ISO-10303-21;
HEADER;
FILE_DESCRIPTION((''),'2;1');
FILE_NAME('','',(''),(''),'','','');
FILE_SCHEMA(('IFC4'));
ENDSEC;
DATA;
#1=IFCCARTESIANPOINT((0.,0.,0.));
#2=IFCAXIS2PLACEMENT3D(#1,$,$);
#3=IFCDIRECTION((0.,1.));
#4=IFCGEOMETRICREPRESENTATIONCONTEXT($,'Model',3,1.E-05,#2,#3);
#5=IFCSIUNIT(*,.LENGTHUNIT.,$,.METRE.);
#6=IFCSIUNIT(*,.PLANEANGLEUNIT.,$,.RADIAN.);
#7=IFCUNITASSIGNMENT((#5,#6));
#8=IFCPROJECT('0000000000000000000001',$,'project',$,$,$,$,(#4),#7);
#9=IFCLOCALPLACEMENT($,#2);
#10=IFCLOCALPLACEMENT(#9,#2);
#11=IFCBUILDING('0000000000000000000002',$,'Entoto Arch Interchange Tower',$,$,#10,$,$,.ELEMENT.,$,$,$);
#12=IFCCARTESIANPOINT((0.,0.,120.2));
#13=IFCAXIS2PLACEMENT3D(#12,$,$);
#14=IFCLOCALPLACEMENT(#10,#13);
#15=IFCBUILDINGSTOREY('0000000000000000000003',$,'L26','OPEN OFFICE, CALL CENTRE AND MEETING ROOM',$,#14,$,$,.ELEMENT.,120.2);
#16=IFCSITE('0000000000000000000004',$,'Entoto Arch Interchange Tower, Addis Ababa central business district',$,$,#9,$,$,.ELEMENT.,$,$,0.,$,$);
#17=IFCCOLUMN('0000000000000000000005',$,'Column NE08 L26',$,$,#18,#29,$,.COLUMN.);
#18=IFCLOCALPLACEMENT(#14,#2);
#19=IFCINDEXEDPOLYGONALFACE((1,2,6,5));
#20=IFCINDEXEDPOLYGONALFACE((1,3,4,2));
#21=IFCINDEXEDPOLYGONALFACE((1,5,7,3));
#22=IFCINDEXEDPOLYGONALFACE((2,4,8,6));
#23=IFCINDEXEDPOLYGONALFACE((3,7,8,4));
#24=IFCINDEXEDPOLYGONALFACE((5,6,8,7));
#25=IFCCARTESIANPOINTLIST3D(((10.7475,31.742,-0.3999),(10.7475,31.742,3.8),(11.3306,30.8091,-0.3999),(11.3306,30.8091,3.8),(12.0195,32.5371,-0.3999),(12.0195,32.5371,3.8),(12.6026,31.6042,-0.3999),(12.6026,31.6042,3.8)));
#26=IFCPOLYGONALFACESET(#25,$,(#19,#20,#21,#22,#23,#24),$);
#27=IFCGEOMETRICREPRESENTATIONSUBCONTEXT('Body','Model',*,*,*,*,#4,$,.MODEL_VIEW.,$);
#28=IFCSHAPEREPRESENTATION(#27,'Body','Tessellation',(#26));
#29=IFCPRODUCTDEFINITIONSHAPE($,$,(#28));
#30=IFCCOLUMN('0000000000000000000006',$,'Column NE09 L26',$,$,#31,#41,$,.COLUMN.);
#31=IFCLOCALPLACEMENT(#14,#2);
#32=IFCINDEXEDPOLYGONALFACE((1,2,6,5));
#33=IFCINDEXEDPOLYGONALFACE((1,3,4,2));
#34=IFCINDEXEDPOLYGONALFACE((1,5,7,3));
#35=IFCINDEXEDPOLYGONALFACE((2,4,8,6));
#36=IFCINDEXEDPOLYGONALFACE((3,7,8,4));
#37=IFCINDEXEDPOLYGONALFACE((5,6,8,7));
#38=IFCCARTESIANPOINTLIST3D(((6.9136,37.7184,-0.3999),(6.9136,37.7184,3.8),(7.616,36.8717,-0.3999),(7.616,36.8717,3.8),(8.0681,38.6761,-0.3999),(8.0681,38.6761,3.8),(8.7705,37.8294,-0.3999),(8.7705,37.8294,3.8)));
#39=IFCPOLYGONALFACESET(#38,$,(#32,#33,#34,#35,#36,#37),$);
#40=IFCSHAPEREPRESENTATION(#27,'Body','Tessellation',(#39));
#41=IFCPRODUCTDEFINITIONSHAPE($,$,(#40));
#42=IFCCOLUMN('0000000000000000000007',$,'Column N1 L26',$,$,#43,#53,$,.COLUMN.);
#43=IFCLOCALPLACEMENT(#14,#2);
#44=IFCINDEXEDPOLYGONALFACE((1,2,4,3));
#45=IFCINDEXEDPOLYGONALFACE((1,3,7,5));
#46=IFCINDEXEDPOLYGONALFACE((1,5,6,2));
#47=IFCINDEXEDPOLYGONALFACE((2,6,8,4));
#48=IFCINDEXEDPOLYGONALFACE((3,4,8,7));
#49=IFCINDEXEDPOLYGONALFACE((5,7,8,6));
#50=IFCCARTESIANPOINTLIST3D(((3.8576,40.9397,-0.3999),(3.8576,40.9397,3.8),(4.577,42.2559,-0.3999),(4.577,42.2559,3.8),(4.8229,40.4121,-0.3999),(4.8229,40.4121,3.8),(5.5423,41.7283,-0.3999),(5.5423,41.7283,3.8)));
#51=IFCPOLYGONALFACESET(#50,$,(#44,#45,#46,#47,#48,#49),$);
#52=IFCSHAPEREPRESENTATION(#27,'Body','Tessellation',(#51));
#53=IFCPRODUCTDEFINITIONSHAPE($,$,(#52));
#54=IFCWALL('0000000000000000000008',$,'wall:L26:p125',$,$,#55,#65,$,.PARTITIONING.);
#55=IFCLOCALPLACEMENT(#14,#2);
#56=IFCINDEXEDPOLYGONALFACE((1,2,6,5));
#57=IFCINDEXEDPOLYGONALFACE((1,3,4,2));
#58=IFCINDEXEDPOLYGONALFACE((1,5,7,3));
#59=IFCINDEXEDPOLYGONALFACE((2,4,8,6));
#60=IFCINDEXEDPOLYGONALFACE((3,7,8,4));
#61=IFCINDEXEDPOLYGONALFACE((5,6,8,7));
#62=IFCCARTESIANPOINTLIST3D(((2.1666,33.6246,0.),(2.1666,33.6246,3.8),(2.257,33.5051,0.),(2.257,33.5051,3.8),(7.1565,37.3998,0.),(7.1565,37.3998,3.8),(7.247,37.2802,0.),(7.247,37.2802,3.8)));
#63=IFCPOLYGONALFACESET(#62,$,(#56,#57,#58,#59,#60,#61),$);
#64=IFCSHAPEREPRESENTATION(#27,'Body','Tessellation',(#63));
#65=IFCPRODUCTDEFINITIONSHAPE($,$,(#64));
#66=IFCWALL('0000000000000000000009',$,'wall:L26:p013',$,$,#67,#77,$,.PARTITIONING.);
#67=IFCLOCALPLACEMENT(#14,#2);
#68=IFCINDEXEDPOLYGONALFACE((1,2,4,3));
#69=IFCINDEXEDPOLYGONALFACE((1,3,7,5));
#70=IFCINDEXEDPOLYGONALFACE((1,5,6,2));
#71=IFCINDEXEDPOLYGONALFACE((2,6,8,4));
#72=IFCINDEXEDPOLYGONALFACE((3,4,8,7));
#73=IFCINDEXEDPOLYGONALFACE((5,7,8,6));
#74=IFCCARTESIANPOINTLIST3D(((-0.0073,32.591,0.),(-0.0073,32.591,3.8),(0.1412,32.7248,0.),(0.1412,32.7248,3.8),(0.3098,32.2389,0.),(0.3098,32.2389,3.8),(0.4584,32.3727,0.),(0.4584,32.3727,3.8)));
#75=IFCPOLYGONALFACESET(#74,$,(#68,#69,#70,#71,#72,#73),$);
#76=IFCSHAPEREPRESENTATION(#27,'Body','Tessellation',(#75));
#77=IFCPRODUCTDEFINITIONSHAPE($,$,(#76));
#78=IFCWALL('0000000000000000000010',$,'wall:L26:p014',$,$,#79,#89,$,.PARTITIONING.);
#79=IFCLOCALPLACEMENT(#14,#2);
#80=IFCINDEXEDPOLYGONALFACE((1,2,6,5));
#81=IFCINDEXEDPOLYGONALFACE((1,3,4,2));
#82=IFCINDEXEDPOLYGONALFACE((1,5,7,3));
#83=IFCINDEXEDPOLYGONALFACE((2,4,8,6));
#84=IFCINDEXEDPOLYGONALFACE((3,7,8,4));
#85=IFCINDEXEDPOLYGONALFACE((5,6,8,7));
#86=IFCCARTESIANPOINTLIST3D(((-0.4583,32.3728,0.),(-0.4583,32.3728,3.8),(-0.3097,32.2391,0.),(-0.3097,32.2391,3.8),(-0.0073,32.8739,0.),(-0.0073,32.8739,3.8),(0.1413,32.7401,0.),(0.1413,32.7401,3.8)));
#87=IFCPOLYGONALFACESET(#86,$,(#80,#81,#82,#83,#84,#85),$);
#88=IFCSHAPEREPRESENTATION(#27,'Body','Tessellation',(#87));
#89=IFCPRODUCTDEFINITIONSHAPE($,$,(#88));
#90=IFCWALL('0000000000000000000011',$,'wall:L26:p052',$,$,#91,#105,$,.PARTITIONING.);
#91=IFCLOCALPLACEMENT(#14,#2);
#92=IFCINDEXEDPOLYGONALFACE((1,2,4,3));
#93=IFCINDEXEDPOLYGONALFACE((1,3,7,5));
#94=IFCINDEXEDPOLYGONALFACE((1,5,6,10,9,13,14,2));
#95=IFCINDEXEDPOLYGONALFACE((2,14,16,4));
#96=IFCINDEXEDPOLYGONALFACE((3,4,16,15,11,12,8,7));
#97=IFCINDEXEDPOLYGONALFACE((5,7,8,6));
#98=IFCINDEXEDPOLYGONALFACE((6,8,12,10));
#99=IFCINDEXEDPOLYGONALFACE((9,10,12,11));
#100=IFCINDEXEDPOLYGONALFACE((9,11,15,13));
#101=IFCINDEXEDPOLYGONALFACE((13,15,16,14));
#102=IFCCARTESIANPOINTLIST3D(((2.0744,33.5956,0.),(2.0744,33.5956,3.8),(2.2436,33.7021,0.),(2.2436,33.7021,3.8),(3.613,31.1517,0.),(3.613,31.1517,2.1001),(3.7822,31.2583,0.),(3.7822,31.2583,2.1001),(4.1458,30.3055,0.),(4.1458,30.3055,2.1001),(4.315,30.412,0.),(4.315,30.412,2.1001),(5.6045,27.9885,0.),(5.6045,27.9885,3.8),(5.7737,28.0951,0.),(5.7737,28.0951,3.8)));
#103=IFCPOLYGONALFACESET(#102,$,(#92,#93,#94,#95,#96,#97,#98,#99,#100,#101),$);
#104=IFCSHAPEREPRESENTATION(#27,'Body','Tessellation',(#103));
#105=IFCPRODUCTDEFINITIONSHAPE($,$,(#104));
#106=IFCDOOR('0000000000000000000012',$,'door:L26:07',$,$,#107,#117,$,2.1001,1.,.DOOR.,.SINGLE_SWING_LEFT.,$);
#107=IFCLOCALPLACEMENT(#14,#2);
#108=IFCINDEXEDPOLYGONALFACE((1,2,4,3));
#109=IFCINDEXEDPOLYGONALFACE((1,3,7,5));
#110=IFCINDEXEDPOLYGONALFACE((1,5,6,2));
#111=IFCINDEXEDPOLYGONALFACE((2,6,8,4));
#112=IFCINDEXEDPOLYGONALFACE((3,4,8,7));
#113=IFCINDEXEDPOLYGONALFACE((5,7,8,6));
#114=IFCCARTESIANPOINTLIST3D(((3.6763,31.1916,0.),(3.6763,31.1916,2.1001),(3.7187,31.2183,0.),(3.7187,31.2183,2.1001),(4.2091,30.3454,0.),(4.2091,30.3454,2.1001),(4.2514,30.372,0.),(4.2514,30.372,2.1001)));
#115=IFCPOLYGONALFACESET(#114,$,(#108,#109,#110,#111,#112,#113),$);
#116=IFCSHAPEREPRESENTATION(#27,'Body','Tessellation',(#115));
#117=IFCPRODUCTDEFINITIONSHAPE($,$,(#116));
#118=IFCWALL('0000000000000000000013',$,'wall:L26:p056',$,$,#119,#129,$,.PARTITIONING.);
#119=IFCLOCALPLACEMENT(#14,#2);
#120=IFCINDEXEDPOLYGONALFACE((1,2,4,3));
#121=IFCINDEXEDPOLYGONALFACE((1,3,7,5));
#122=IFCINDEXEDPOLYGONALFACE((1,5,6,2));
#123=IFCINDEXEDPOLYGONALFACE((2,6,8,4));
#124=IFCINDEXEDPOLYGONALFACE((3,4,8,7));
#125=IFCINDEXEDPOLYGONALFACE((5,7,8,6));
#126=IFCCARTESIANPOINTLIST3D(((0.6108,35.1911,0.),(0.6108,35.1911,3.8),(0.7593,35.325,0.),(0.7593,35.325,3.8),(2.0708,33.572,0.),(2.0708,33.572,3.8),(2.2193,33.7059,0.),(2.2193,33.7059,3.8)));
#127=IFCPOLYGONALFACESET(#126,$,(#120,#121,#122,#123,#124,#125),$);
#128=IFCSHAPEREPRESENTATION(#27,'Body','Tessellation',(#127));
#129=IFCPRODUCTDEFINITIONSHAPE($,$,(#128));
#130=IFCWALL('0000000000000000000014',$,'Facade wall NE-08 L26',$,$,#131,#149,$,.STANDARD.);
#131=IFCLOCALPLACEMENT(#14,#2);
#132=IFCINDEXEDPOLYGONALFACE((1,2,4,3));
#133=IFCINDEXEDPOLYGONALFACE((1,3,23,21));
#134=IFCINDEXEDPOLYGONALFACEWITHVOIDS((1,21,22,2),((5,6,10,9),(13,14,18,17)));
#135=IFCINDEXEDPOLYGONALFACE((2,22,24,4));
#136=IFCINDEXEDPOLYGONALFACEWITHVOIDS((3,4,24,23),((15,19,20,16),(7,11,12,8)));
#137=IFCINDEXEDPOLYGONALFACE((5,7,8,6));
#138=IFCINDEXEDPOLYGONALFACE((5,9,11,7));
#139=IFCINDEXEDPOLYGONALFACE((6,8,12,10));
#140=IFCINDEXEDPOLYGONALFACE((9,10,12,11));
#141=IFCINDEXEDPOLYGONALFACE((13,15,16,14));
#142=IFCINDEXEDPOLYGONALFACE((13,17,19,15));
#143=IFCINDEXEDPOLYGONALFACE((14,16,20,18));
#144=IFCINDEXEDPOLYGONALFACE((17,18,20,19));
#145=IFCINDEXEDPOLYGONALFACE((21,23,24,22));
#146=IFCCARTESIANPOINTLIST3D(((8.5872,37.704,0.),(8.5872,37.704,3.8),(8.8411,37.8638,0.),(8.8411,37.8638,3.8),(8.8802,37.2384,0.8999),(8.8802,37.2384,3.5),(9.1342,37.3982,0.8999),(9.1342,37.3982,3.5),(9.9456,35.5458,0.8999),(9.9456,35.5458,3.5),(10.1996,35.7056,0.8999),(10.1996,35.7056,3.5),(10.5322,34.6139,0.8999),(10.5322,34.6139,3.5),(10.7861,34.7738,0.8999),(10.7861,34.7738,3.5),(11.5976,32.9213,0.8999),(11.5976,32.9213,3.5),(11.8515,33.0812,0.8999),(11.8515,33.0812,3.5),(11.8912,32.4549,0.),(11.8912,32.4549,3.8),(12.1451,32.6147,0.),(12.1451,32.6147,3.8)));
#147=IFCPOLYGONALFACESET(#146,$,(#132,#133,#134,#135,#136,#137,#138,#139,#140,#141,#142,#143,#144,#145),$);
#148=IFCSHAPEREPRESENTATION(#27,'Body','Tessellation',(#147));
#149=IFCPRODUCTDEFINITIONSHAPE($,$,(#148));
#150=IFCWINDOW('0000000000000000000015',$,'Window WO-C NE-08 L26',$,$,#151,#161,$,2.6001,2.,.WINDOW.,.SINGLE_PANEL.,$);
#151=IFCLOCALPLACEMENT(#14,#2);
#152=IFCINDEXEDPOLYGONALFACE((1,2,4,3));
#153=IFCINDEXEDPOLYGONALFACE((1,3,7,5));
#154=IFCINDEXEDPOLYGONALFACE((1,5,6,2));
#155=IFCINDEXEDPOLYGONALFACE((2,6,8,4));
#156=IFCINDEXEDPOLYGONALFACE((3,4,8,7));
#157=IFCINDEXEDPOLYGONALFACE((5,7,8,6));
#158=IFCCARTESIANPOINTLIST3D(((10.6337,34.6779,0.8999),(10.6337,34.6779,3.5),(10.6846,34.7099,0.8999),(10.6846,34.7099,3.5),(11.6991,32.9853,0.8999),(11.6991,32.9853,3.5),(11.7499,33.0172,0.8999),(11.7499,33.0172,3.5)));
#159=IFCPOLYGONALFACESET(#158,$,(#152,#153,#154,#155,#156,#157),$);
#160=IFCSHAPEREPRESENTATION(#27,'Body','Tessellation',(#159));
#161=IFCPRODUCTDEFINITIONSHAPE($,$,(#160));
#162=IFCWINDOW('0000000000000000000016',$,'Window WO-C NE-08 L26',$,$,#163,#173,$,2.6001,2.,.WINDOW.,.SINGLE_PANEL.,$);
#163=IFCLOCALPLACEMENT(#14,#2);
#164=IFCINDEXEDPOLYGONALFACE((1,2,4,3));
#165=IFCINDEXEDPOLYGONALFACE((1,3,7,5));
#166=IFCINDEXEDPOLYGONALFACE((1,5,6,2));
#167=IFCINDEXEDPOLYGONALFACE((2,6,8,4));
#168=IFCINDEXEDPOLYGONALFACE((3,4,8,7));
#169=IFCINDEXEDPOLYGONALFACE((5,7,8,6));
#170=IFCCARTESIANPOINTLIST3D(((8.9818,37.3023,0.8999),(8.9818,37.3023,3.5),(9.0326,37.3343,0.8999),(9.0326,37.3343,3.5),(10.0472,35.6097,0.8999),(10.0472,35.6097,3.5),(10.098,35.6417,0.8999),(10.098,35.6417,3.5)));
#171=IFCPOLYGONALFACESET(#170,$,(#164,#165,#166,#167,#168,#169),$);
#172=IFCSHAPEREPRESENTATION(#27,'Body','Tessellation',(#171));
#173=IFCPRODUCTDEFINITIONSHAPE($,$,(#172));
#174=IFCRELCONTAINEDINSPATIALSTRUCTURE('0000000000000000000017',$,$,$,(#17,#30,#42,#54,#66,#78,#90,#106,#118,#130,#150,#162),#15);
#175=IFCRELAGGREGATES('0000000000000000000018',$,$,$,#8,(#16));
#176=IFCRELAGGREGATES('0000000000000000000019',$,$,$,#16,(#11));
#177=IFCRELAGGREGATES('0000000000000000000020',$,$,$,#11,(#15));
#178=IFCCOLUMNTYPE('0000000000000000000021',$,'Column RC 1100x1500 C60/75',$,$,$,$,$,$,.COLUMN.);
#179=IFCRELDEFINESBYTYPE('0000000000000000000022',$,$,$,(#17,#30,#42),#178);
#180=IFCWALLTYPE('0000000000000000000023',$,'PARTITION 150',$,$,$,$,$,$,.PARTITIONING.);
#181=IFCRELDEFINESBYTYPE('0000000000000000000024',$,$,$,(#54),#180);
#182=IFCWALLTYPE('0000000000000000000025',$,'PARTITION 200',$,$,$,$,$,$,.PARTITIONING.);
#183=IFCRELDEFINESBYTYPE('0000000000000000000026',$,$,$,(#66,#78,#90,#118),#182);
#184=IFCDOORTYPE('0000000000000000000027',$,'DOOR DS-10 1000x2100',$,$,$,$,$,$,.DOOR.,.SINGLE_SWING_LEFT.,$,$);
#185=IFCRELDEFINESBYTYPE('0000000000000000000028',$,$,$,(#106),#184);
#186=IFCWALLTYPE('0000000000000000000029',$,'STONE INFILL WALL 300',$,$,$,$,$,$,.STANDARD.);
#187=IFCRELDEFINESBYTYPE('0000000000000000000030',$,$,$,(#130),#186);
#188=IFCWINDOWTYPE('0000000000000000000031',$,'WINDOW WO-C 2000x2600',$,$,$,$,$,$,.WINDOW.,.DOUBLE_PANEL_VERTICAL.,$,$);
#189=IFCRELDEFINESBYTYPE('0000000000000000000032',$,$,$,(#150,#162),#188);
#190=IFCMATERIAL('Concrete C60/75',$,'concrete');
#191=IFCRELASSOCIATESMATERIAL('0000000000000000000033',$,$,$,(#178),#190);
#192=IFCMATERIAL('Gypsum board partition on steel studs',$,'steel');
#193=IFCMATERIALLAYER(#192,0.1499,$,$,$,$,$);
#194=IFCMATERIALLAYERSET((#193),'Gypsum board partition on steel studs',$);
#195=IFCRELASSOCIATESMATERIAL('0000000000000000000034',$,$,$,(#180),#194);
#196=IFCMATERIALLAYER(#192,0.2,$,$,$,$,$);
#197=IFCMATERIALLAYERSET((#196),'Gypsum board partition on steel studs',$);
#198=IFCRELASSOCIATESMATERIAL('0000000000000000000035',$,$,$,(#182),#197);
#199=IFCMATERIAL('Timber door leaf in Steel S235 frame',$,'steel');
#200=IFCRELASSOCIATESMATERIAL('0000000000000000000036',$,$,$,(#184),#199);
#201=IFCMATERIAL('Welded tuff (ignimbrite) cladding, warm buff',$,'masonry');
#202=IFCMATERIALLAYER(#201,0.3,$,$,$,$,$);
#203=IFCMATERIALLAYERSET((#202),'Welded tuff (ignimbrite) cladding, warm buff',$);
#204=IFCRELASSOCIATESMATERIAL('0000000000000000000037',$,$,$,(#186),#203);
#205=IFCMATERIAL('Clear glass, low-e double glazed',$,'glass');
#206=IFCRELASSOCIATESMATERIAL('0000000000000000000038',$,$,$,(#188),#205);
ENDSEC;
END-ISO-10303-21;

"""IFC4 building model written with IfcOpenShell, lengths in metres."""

from ifc_helpers import new_model, si_unit, direction, frame, frame_2d, origin, origin_2d, place, context, subcontext, project, spatial, rectangle, extrude, material, layer, layer_set, material_profile, profile_set, type_object, element, fill, save


model = new_model("IFC4")

# Units and contexts
model_context = context("Model", 3, precision=1e-05, world=origin(), true_north=direction((0.0, 1.0)))
body_context = subcontext(model_context, "Body", "Model", "MODEL_VIEW")
ifc_project = project(units=[si_unit("LENGTHUNIT", "METRE"), si_unit("PLANEANGLEUNIT", "RADIAN")], contexts=[model_context])

# Site, building, storey
site_placement = place(None, origin())
site = spatial("IfcSite", under=ifc_project, at=site_placement, Name="Entoto Arch Interchange Tower, Addis Ababa central business district", CompositionType="ELEMENT", RefElevation=0.0)
building_placement = place(site_placement, origin())
building = spatial("IfcBuilding", under=site, at=building_placement, Name="Entoto Arch Interchange Tower", CompositionType="ELEMENT")
storey_placement = place(building_placement, frame((0.0, 0.0, 120.2)))
storey = spatial("IfcBuildingStorey", under=building, at=storey_placement, Name="L26", Description="OPEN OFFICE, CALL CENTRE AND MEETING ROOM", CompositionType="ELEMENT", Elevation=120.2)

# Columns
ifc_material_1 = material(Name="Concrete C60/75", Category="concrete")
ifc_material_profile = material_profile(ifc_material_1, rectangle(XDim=1.1001, YDim=1.5, at=origin_2d()))
ifc_profile_set = profile_set([ifc_material_profile], Name="Concrete C60/75")
column_type = type_object("IfcColumnType", Name="Column RC 1100x1500 C60/75", PredefinedType="COLUMN", material=ifc_profile_set)
for number, where, z_axis, x_axis, name in (
    (1, (11.675, 31.6731, -0.3999), (0.0, 0.0, 1.0), (-0.530067, 0.847956, 0.0), "Column NE08 L26"),
    (2, (7.842, 37.7739, -0.3999), (0.0, 0.0, 1.0), (-0.638459, 0.769656, 0.0), "Column NE09 L26"),
    (3, (4.7, 41.334, -0.3999), (0.0, 0.0, 1.0), (-0.877481, 0.479611, 0.0), "Column N1 L26"),
):
    element("IfcColumn", number, at=place(storey_placement, frame(where, z_axis=z_axis, x_axis=x_axis)), inside=storey, type_object=column_type, Name=name, PredefinedType="COLUMN", context=body_context, shape_type="SweptSolid", body=[
        extrude(rectangle(XDim=1.1001, YDim=1.5, at=origin_2d()), origin(), (0.0, 0.0, 1.0), 4.2),
    ])

# Walls
ifc_material_2 = material(Name="Gypsum board partition on steel studs", Category="steel")
ifc_layer_1 = layer(ifc_material_2, 0.1499)
ifc_layer_set_1 = layer_set([ifc_layer_1], Name="Gypsum board partition on steel studs")
wall_type_1 = type_object("IfcWallType", Name="PARTITION 150", PredefinedType="PARTITIONING", material=ifc_layer_set_1)
wall_1_placement = place(storey_placement, frame((2.2119, 33.5649, 0.0), z_axis=(0.0, 0.0, 1.0), x_axis=(0.797488, 0.603335, 0.0)))
element("IfcWall", 4, at=wall_1_placement, inside=storey, type_object=wall_type_1, Name="wall:L26:p125", PredefinedType="PARTITIONING", context=body_context, shape_type="SweptSolid", body=[
    extrude(rectangle(XDim=6.2571, YDim=0.1499, at=frame_2d((3.1284, 0.0))), origin(), (0.0, 0.0, 1.0), 3.8),
])
ifc_layer_2 = layer(ifc_material_2, 0.2)
ifc_layer_set_2 = layer_set([ifc_layer_2], Name="Gypsum board partition on steel studs")
wall_type_2 = type_object("IfcWallType", Name="PARTITION 200", PredefinedType="PARTITIONING", material=ifc_layer_set_2)
wall_2_placement = place(storey_placement, frame((0.384, 32.3059, 0.0), z_axis=(0.0, 0.0, 1.0), x_axis=(-0.669306, 0.742987, 0.0)))
element("IfcWall", 5, at=wall_2_placement, inside=storey, type_object=wall_type_2, Name="wall:L26:p013", PredefinedType="PARTITIONING", context=body_context, shape_type="SweptSolid", body=[
    extrude(rectangle(XDim=0.4739, YDim=0.2, at=frame_2d((0.2368, 0.0))), origin(), (0.0, 0.0, 1.0), 3.8),
])
wall_3_placement = place(storey_placement, frame((0.0669, 32.8069, 0.0), z_axis=(0.0, 0.0, 1.0), x_axis=(-0.669005, -0.743258, 0.0)))
element("IfcWall", 6, at=wall_3_placement, inside=storey, type_object=wall_type_2, Name="wall:L26:p014", PredefinedType="PARTITIONING", context=body_context, shape_type="SweptSolid", body=[
    extrude(rectangle(XDim=0.6741, YDim=0.2, at=frame_2d((0.3369, 0.0))), origin(), (0.0, 0.0, 1.0), 3.8),
])

# Wall, opening, door
wall_4_placement = place(storey_placement, frame((2.1589, 33.6489, 0.0), z_axis=(0.0, 0.0, 1.0), x_axis=(0.532785, -0.846251, 0.0)))
wall_4 = element("IfcWall", 7, at=wall_4_placement, inside=storey, type_object=wall_type_2, Name="wall:L26:p052", PredefinedType="PARTITIONING", context=body_context, shape_type="SweptSolid", body=[
    extrude(rectangle(XDim=6.6257, YDim=0.2, at=frame_2d((3.313, 0.0))), origin(), (0.0, 0.0, 1.0), 3.8),
])
opening_1_placement = place(wall_4_placement, frame((2.8879, 0.0, 0.0)))
opening_1 = element("IfcOpeningElement", 8, at=opening_1_placement, cuts=wall_4, PredefinedType="OPENING", context=body_context, shape_type="SweptSolid", body=[
    extrude(rectangle(XDim=1.0, YDim=2.1001, at=frame_2d((0.5, 1.05))), frame((0.0, 0.1099, 0.0), z_axis=(0.0, -1.0, 0.0), x_axis=(1.0, 0.0, 0.0)), (0.0, 0.0, 1.0), 0.22),
])
ifc_material_3 = material(Name="Timber door leaf in Steel S235 frame", Category="steel")
door_type = type_object("IfcDoorType", Name="DOOR DS-10 1000x2100", OperationType="SINGLE_SWING_LEFT", PredefinedType="DOOR", material=ifc_material_3)
door_placement = place(opening_1_placement, origin())
door = element("IfcDoor", 9, at=door_placement, inside=storey, type_object=door_type, Name="door:L26:07", OperationType="SINGLE_SWING_LEFT", OverallHeight=2.1001, OverallWidth=1.0, PredefinedType="DOOR", context=body_context, shape_type="SweptSolid", body=[
    extrude(rectangle(XDim=1.0, YDim=2.1001, at=frame_2d((0.5, 1.05))), frame((0.0, 0.0249, 0.0), z_axis=(0.0, -1.0, 0.0), x_axis=(1.0, 0.0, 0.0)), (0.0, 0.0, 1.0), 0.05),
])
fill(opening_1, door)

# Wall
wall_5_placement = place(storey_placement, frame((0.6851, 35.2581, 0.0), z_axis=(0.0, 0.0, 1.0), x_axis=(0.669657, -0.74267, 0.0)))
element("IfcWall", 10, at=wall_5_placement, inside=storey, type_object=wall_type_2, Name="wall:L26:p056", PredefinedType="PARTITIONING", context=body_context, shape_type="SweptSolid", body=[
    extrude(rectangle(XDim=2.1802, YDim=0.2, at=frame_2d((1.0901, 0.0))), origin(), (0.0, 0.0, 1.0), 3.8),
])

# Wall, openings, windows
ifc_material_4 = material(Name="Welded tuff (ignimbrite) cladding, warm buff", Category="masonry")
ifc_layer_3 = layer(ifc_material_4, 0.3)
ifc_layer_set_3 = layer_set([ifc_layer_3], Name="Welded tuff (ignimbrite) cladding, warm buff")
wall_type_3 = type_object("IfcWallType", Name="STONE INFILL WALL 300", PredefinedType="STANDARD", material=ifc_layer_set_3)
wall_6_placement = place(storey_placement, frame((12.0181, 32.5349, 0.0), z_axis=(0.0, 0.0, 1.0), x_axis=(-0.532699, 0.846304, 0.0)))
wall_6 = element("IfcWall", 11, at=wall_6_placement, inside=storey, type_object=wall_type_3, Name="Facade wall NE-08 L26", PredefinedType="STANDARD", context=body_context, shape_type="SweptSolid", body=[
    extrude(rectangle(XDim=6.2024, YDim=0.3, at=frame_2d((3.1011, 0.0))), origin(), (0.0, 0.0, 1.0), 3.8),
])
opening_2_placement = place(wall_6_placement, frame((0.551, 0.0, 0.8999)))
opening_2 = element("IfcOpeningElement", 12, at=opening_2_placement, cuts=wall_6, PredefinedType="OPENING", context=body_context, shape_type="SweptSolid", body=[
    extrude(rectangle(XDim=2.0, YDim=2.6001, at=frame_2d((1.0, 1.3))), frame((0.0, 0.1602, 0.0), z_axis=(0.0, -1.0, 0.0), x_axis=(1.0, 0.0, 0.0)), (0.0, 0.0, 1.0), 0.3201),
])
opening_3_placement = place(wall_6_placement, frame((3.6521, 0.0, 0.8999)))
opening_3 = element("IfcOpeningElement", 13, at=opening_3_placement, cuts=wall_6, PredefinedType="OPENING", context=body_context, shape_type="SweptSolid", body=[
    extrude(rectangle(XDim=2.0, YDim=2.6001, at=frame_2d((1.0, 1.3))), frame((0.0, 0.1602, 0.0), z_axis=(0.0, -1.0, 0.0), x_axis=(1.0, 0.0, 0.0)), (0.0, 0.0, 1.0), 0.3201),
])
ifc_material_5 = material(Name="Clear glass, low-e double glazed", Category="glass")
window_type_1 = type_object("IfcWindowType", Name="WINDOW WO-C 2000x2600", PartitioningType="DOUBLE_PANEL_VERTICAL", PredefinedType="WINDOW", material=ifc_material_5)
window_1_placement = place(opening_2_placement, origin())
window_1 = element("IfcWindow", 14, at=window_1_placement, inside=storey, type_object=window_type_1, Name="Window WO-C NE-08 L26", OverallHeight=2.6001, OverallWidth=2.0, PartitioningType="SINGLE_PANEL", PredefinedType="WINDOW", context=body_context, shape_type="SweptSolid", body=[
    extrude(rectangle(XDim=2.0, YDim=2.6001, at=frame_2d((1.0, 1.3))), frame((0.0, 0.03, 0.0), z_axis=(0.0, -1.0, 0.0), x_axis=(1.0, 0.0, 0.0)), (0.0, 0.0, 1.0), 0.0601),
])
fill(opening_2, window_1)
window_2_placement = place(opening_3_placement, origin())
window_2 = element("IfcWindow", 15, at=window_2_placement, inside=storey, type_object=window_type_1, Name="Window WO-C NE-08 L26", OverallHeight=2.6001, OverallWidth=2.0, PartitioningType="SINGLE_PANEL", PredefinedType="WINDOW", context=body_context, shape_type="SweptSolid", body=[
    extrude(rectangle(XDim=2.0, YDim=2.6001, at=frame_2d((1.0, 1.3))), frame((0.0, 0.03, 0.0), z_axis=(0.0, -1.0, 0.0), x_axis=(1.0, 0.0, 0.0)), (0.0, 0.0, 1.0), 0.0601),
])
fill(opening_3, window_2)

save(model, "model.ifc")
